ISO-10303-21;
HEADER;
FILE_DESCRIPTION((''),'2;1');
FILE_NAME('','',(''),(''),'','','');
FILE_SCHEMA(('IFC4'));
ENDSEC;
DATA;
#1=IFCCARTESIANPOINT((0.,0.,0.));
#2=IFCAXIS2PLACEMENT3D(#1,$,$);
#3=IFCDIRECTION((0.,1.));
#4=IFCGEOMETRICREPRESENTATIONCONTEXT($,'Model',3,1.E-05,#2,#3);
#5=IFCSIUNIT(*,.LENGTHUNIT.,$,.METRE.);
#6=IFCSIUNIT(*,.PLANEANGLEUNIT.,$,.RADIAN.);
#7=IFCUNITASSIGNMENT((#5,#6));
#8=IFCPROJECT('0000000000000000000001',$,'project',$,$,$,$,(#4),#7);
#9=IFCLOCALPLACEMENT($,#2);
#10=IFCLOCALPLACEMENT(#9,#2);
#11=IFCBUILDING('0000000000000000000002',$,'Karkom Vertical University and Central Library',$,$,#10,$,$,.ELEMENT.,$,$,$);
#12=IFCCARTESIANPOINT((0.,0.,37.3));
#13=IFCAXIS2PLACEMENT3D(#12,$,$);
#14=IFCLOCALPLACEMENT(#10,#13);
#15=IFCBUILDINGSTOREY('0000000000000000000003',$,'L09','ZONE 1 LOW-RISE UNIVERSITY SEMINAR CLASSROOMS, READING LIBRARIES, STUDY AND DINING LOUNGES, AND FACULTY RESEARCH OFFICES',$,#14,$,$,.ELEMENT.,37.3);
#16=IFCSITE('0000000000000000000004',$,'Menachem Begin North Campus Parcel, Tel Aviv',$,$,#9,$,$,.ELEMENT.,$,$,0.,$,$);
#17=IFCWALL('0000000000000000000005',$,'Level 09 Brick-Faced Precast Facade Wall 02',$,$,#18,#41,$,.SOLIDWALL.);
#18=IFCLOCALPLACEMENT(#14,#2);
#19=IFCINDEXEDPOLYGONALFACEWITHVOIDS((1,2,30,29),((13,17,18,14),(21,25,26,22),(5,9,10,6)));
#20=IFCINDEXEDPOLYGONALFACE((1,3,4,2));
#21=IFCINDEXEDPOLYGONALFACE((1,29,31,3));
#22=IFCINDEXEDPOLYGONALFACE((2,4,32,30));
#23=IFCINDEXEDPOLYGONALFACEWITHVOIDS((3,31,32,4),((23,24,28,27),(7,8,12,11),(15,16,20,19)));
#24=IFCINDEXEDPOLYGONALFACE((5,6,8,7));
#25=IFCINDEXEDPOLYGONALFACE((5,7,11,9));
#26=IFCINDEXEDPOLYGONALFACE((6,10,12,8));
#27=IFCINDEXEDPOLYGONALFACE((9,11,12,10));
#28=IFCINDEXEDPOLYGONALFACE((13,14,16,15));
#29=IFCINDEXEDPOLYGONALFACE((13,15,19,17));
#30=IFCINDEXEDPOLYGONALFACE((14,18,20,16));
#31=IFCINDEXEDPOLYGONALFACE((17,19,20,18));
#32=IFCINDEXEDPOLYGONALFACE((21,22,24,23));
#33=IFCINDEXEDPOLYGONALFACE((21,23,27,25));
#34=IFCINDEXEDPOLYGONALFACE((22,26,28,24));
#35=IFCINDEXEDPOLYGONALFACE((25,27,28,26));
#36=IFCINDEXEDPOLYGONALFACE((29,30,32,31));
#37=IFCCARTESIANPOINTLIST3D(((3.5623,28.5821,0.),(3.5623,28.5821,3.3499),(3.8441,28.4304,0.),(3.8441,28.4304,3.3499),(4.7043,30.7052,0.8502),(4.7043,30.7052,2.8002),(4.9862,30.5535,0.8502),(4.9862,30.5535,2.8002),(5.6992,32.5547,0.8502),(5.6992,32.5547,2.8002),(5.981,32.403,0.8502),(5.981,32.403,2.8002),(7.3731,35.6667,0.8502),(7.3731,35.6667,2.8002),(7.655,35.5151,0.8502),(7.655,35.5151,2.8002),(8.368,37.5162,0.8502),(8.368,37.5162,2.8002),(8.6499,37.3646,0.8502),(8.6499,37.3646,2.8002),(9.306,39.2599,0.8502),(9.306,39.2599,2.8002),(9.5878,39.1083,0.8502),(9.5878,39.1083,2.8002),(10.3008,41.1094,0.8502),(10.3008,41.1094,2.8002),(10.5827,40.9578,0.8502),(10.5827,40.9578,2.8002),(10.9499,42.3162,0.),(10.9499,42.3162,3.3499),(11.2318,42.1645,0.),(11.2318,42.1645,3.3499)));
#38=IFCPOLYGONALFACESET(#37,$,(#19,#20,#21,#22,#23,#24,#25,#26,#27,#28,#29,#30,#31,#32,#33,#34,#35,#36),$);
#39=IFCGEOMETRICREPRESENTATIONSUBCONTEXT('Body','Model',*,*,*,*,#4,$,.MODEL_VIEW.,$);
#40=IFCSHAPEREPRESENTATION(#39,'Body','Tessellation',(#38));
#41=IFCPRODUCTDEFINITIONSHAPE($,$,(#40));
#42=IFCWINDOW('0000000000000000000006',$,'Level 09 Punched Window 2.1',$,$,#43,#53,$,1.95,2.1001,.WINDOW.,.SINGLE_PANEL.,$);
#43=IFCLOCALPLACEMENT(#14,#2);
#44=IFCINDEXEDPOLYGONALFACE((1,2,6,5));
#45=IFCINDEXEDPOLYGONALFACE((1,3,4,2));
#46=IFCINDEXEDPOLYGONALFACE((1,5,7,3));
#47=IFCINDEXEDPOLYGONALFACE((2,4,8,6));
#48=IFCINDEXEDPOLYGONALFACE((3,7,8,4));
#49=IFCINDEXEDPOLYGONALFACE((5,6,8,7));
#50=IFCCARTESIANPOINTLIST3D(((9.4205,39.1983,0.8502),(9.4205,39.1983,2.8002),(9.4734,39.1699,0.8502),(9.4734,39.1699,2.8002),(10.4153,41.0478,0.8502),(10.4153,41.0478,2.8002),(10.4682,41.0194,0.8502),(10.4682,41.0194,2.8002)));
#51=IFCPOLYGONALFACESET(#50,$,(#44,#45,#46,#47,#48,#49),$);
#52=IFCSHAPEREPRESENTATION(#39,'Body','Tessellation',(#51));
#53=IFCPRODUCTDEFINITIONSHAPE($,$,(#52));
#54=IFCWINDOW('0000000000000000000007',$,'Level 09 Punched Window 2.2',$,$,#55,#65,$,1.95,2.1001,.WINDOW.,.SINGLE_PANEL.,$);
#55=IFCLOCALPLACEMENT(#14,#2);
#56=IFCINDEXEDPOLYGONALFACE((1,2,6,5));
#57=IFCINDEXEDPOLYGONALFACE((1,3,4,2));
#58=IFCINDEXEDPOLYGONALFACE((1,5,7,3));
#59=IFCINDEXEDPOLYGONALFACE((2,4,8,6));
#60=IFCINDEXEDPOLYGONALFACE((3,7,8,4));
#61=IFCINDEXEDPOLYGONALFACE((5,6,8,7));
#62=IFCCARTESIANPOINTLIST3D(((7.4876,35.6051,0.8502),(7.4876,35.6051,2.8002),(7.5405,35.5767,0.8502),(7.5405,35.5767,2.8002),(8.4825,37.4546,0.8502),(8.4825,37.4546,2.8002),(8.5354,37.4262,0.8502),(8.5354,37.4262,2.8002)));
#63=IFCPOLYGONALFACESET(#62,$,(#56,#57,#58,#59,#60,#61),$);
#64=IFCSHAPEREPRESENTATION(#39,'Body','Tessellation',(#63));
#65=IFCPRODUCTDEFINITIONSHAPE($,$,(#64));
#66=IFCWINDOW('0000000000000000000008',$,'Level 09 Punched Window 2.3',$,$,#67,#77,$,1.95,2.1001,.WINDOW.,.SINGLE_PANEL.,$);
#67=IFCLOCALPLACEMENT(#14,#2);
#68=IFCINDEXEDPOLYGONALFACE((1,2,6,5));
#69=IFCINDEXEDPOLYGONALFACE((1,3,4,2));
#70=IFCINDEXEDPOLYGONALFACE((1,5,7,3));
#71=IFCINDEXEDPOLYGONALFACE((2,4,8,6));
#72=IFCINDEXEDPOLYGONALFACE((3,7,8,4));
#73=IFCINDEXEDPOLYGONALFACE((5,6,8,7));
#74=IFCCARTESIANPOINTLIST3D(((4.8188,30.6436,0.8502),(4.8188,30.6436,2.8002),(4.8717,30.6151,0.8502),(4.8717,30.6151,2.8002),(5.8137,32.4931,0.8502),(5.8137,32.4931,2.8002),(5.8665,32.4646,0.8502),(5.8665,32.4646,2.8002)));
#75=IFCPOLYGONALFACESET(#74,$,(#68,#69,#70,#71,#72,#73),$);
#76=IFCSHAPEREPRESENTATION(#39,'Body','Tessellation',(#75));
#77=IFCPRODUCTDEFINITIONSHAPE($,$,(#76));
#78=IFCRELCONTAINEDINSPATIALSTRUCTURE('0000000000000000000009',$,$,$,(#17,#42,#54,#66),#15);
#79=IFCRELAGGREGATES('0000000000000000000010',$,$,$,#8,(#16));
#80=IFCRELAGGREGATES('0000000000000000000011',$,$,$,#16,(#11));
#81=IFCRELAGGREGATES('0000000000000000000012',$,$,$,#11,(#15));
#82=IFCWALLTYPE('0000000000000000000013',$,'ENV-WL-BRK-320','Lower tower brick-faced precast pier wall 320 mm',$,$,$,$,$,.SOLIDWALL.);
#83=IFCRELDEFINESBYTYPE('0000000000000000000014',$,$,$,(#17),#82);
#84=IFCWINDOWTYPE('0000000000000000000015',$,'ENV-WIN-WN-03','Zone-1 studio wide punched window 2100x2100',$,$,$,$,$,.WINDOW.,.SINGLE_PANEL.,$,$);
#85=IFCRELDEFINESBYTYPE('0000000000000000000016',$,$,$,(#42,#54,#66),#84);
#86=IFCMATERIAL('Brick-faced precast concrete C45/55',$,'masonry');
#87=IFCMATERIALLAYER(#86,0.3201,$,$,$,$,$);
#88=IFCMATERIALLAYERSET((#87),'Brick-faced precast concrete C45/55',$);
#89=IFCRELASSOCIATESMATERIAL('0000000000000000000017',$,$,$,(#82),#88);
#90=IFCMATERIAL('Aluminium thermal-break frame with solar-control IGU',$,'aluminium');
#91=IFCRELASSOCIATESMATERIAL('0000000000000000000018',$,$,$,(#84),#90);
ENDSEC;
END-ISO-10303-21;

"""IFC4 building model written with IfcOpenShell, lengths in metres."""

from ifc_helpers import new_model, si_unit, direction, frame, frame_2d, origin, origin_with_axes, place, context, subcontext, project, spatial, rectangle, extrude, source, transform, mapped, material, layer, layer_set, type_object, element, fill, save


model = new_model("IFC4")

# Units and contexts
model_context = context("Model", 3, precision=1e-05, world=origin(), true_north=direction((0.0, 1.0)))
body_context = subcontext(model_context, "Body", "Model", "MODEL_VIEW")
ifc_project = project(units=[si_unit("LENGTHUNIT", "METRE"), si_unit("PLANEANGLEUNIT", "RADIAN")], contexts=[model_context])

# Site, building, storey
site_placement = place(None, origin())
site = spatial("IfcSite", under=ifc_project, at=site_placement, Name="Menachem Begin North Campus Parcel, Tel Aviv", CompositionType="ELEMENT", RefElevation=0.0)
building_placement = place(site_placement, origin())
building = spatial("IfcBuilding", under=site, at=building_placement, Name="Karkom Vertical University and Central Library", CompositionType="ELEMENT")
storey_placement = place(building_placement, frame((0.0, 0.0, 37.3)))
storey = spatial("IfcBuildingStorey", under=building, at=storey_placement, Name="L09", Description="ZONE 1 LOW-RISE UNIVERSITY SEMINAR CLASSROOMS, READING LIBRARIES, STUDY AND DINING LOUNGES, AND FACULTY RESEARCH OFFICES", CompositionType="ELEMENT", Elevation=37.3)

# Wall, openings, windows
ifc_material_1 = material(Name="Brick-faced precast concrete C45/55", Category="masonry")
ifc_layer_1 = layer(ifc_material_1, 0.3201)
ifc_layer_set_1 = layer_set([ifc_layer_1], Name="Brick-faced precast concrete C45/55")
wall_type_1 = type_object("IfcWallType", Name="ENV-WL-BRK-320", Description="Lower tower brick-faced precast pier wall 320 mm", PredefinedType="SOLIDWALL", material=ifc_layer_set_1)
wall_1_placement = place(storey_placement, frame((11.0908, 42.2402, 0.0), z_axis=(0.0, 0.0, 1.0), x_axis=(-0.473722, -0.880675, 0.0)))
wall_1 = element("IfcWall", 1, at=wall_1_placement, inside=storey, type_object=wall_type_1, Name="Level 09 Brick-Faced Precast Facade Wall 02", PredefinedType="SOLIDWALL", context=body_context, shape_type="SweptSolid", body=[
    extrude(rectangle(XDim=15.595, YDim=0.3201, at=frame_2d((7.7974, 0.0))), origin(), (0.0, 0.0, 1.0), 3.3499),
])
opening_1_placement = place(wall_1_placement, frame((1.3701, 0.0, 0.8501)))
opening_1 = element("IfcOpeningElement", 2, at=opening_1_placement, cuts=wall_1, PredefinedType="OPENING", context=body_context, shape_type="SweptSolid", body=[
    extrude(rectangle(XDim=2.1001, YDim=1.95, at=frame_2d((1.05, 0.9751))), frame((0.0, 0.1699, 0.0), z_axis=(0.0, -1.0, 0.0), x_axis=(1.0, 0.0, 0.0)), (0.0, 0.0, 1.0), 0.3401),
])
opening_2_placement = place(wall_1_placement, frame((5.4502, 0.0, 0.8501)))
opening_2 = element("IfcOpeningElement", 3, at=opening_2_placement, cuts=wall_1, PredefinedType="OPENING", context=body_context, shape_type="SweptSolid", body=[
    extrude(rectangle(XDim=2.1001, YDim=1.95, at=frame_2d((1.05, 0.9751))), frame((0.0, 0.1699, 0.0), z_axis=(0.0, -1.0, 0.0), x_axis=(1.0, 0.0, 0.0)), (0.0, 0.0, 1.0), 0.3401),
])
opening_3_placement = place(wall_1_placement, frame((11.084, 0.0, 0.8501)))
opening_3 = element("IfcOpeningElement", 4, at=opening_3_placement, cuts=wall_1, PredefinedType="OPENING", context=body_context, shape_type="SweptSolid", body=[
    extrude(rectangle(XDim=2.1001, YDim=1.95, at=frame_2d((1.05, 0.9751))), frame((0.0, 0.1699, 0.0), z_axis=(0.0, -1.0, 0.0), x_axis=(1.0, 0.0, 0.0)), (0.0, 0.0, 1.0), 0.3401),
])
ifc_material_2 = material(Name="Aluminium thermal-break frame with solar-control IGU", Category="aluminium")
window_type = type_object("IfcWindowType", Name="ENV-WIN-WN-03", Description="Zone-1 studio wide punched window 2100x2100", PartitioningType="SINGLE_PANEL", PredefinedType="WINDOW", material=ifc_material_2)
shared_shape_1 = source(origin_with_axes(), body_context, "Body", "SweptSolid", [
    extrude(rectangle(XDim=2.1001, YDim=1.95, at=frame_2d((1.05, 0.9751))), frame((0.0, 0.03, 0.0), z_axis=(0.0, -1.0, 0.0), x_axis=(1.0, 0.0, 0.0)), (0.0, 0.0, 1.0), 0.0601),
])
window_1_placement = place(opening_1_placement, origin())
window_1 = element("IfcWindow", 5, at=window_1_placement, inside=storey, type_object=window_type, Name="Level 09 Punched Window 2.1", OverallHeight=1.95, OverallWidth=2.1001, PartitioningType="SINGLE_PANEL", PredefinedType="WINDOW", context=body_context, shape_type="MappedRepresentation", body=[
    mapped(shared_shape_1, transform((0.0, 0.0, 0.0), scale=1.0)),
])
fill(opening_1, window_1)
window_2_placement = place(opening_2_placement, origin())
window_2 = element("IfcWindow", 6, at=window_2_placement, inside=storey, type_object=window_type, Name="Level 09 Punched Window 2.2", OverallHeight=1.95, OverallWidth=2.1001, PartitioningType="SINGLE_PANEL", PredefinedType="WINDOW", context=body_context, shape_type="MappedRepresentation", body=[
    mapped(shared_shape_1, transform((0.0, 0.0, 0.0), scale=1.0)),
])
fill(opening_2, window_2)
window_3_placement = place(opening_3_placement, origin())
window_3 = element("IfcWindow", 7, at=window_3_placement, inside=storey, type_object=window_type, Name="Level 09 Punched Window 2.3", OverallHeight=1.95, OverallWidth=2.1001, PartitioningType="SINGLE_PANEL", PredefinedType="WINDOW", context=body_context, shape_type="MappedRepresentation", body=[
    mapped(shared_shape_1, transform((0.0, 0.0, 0.0), scale=1.0)),
])
fill(opening_3, window_3)

save(model, "model.ifc")
